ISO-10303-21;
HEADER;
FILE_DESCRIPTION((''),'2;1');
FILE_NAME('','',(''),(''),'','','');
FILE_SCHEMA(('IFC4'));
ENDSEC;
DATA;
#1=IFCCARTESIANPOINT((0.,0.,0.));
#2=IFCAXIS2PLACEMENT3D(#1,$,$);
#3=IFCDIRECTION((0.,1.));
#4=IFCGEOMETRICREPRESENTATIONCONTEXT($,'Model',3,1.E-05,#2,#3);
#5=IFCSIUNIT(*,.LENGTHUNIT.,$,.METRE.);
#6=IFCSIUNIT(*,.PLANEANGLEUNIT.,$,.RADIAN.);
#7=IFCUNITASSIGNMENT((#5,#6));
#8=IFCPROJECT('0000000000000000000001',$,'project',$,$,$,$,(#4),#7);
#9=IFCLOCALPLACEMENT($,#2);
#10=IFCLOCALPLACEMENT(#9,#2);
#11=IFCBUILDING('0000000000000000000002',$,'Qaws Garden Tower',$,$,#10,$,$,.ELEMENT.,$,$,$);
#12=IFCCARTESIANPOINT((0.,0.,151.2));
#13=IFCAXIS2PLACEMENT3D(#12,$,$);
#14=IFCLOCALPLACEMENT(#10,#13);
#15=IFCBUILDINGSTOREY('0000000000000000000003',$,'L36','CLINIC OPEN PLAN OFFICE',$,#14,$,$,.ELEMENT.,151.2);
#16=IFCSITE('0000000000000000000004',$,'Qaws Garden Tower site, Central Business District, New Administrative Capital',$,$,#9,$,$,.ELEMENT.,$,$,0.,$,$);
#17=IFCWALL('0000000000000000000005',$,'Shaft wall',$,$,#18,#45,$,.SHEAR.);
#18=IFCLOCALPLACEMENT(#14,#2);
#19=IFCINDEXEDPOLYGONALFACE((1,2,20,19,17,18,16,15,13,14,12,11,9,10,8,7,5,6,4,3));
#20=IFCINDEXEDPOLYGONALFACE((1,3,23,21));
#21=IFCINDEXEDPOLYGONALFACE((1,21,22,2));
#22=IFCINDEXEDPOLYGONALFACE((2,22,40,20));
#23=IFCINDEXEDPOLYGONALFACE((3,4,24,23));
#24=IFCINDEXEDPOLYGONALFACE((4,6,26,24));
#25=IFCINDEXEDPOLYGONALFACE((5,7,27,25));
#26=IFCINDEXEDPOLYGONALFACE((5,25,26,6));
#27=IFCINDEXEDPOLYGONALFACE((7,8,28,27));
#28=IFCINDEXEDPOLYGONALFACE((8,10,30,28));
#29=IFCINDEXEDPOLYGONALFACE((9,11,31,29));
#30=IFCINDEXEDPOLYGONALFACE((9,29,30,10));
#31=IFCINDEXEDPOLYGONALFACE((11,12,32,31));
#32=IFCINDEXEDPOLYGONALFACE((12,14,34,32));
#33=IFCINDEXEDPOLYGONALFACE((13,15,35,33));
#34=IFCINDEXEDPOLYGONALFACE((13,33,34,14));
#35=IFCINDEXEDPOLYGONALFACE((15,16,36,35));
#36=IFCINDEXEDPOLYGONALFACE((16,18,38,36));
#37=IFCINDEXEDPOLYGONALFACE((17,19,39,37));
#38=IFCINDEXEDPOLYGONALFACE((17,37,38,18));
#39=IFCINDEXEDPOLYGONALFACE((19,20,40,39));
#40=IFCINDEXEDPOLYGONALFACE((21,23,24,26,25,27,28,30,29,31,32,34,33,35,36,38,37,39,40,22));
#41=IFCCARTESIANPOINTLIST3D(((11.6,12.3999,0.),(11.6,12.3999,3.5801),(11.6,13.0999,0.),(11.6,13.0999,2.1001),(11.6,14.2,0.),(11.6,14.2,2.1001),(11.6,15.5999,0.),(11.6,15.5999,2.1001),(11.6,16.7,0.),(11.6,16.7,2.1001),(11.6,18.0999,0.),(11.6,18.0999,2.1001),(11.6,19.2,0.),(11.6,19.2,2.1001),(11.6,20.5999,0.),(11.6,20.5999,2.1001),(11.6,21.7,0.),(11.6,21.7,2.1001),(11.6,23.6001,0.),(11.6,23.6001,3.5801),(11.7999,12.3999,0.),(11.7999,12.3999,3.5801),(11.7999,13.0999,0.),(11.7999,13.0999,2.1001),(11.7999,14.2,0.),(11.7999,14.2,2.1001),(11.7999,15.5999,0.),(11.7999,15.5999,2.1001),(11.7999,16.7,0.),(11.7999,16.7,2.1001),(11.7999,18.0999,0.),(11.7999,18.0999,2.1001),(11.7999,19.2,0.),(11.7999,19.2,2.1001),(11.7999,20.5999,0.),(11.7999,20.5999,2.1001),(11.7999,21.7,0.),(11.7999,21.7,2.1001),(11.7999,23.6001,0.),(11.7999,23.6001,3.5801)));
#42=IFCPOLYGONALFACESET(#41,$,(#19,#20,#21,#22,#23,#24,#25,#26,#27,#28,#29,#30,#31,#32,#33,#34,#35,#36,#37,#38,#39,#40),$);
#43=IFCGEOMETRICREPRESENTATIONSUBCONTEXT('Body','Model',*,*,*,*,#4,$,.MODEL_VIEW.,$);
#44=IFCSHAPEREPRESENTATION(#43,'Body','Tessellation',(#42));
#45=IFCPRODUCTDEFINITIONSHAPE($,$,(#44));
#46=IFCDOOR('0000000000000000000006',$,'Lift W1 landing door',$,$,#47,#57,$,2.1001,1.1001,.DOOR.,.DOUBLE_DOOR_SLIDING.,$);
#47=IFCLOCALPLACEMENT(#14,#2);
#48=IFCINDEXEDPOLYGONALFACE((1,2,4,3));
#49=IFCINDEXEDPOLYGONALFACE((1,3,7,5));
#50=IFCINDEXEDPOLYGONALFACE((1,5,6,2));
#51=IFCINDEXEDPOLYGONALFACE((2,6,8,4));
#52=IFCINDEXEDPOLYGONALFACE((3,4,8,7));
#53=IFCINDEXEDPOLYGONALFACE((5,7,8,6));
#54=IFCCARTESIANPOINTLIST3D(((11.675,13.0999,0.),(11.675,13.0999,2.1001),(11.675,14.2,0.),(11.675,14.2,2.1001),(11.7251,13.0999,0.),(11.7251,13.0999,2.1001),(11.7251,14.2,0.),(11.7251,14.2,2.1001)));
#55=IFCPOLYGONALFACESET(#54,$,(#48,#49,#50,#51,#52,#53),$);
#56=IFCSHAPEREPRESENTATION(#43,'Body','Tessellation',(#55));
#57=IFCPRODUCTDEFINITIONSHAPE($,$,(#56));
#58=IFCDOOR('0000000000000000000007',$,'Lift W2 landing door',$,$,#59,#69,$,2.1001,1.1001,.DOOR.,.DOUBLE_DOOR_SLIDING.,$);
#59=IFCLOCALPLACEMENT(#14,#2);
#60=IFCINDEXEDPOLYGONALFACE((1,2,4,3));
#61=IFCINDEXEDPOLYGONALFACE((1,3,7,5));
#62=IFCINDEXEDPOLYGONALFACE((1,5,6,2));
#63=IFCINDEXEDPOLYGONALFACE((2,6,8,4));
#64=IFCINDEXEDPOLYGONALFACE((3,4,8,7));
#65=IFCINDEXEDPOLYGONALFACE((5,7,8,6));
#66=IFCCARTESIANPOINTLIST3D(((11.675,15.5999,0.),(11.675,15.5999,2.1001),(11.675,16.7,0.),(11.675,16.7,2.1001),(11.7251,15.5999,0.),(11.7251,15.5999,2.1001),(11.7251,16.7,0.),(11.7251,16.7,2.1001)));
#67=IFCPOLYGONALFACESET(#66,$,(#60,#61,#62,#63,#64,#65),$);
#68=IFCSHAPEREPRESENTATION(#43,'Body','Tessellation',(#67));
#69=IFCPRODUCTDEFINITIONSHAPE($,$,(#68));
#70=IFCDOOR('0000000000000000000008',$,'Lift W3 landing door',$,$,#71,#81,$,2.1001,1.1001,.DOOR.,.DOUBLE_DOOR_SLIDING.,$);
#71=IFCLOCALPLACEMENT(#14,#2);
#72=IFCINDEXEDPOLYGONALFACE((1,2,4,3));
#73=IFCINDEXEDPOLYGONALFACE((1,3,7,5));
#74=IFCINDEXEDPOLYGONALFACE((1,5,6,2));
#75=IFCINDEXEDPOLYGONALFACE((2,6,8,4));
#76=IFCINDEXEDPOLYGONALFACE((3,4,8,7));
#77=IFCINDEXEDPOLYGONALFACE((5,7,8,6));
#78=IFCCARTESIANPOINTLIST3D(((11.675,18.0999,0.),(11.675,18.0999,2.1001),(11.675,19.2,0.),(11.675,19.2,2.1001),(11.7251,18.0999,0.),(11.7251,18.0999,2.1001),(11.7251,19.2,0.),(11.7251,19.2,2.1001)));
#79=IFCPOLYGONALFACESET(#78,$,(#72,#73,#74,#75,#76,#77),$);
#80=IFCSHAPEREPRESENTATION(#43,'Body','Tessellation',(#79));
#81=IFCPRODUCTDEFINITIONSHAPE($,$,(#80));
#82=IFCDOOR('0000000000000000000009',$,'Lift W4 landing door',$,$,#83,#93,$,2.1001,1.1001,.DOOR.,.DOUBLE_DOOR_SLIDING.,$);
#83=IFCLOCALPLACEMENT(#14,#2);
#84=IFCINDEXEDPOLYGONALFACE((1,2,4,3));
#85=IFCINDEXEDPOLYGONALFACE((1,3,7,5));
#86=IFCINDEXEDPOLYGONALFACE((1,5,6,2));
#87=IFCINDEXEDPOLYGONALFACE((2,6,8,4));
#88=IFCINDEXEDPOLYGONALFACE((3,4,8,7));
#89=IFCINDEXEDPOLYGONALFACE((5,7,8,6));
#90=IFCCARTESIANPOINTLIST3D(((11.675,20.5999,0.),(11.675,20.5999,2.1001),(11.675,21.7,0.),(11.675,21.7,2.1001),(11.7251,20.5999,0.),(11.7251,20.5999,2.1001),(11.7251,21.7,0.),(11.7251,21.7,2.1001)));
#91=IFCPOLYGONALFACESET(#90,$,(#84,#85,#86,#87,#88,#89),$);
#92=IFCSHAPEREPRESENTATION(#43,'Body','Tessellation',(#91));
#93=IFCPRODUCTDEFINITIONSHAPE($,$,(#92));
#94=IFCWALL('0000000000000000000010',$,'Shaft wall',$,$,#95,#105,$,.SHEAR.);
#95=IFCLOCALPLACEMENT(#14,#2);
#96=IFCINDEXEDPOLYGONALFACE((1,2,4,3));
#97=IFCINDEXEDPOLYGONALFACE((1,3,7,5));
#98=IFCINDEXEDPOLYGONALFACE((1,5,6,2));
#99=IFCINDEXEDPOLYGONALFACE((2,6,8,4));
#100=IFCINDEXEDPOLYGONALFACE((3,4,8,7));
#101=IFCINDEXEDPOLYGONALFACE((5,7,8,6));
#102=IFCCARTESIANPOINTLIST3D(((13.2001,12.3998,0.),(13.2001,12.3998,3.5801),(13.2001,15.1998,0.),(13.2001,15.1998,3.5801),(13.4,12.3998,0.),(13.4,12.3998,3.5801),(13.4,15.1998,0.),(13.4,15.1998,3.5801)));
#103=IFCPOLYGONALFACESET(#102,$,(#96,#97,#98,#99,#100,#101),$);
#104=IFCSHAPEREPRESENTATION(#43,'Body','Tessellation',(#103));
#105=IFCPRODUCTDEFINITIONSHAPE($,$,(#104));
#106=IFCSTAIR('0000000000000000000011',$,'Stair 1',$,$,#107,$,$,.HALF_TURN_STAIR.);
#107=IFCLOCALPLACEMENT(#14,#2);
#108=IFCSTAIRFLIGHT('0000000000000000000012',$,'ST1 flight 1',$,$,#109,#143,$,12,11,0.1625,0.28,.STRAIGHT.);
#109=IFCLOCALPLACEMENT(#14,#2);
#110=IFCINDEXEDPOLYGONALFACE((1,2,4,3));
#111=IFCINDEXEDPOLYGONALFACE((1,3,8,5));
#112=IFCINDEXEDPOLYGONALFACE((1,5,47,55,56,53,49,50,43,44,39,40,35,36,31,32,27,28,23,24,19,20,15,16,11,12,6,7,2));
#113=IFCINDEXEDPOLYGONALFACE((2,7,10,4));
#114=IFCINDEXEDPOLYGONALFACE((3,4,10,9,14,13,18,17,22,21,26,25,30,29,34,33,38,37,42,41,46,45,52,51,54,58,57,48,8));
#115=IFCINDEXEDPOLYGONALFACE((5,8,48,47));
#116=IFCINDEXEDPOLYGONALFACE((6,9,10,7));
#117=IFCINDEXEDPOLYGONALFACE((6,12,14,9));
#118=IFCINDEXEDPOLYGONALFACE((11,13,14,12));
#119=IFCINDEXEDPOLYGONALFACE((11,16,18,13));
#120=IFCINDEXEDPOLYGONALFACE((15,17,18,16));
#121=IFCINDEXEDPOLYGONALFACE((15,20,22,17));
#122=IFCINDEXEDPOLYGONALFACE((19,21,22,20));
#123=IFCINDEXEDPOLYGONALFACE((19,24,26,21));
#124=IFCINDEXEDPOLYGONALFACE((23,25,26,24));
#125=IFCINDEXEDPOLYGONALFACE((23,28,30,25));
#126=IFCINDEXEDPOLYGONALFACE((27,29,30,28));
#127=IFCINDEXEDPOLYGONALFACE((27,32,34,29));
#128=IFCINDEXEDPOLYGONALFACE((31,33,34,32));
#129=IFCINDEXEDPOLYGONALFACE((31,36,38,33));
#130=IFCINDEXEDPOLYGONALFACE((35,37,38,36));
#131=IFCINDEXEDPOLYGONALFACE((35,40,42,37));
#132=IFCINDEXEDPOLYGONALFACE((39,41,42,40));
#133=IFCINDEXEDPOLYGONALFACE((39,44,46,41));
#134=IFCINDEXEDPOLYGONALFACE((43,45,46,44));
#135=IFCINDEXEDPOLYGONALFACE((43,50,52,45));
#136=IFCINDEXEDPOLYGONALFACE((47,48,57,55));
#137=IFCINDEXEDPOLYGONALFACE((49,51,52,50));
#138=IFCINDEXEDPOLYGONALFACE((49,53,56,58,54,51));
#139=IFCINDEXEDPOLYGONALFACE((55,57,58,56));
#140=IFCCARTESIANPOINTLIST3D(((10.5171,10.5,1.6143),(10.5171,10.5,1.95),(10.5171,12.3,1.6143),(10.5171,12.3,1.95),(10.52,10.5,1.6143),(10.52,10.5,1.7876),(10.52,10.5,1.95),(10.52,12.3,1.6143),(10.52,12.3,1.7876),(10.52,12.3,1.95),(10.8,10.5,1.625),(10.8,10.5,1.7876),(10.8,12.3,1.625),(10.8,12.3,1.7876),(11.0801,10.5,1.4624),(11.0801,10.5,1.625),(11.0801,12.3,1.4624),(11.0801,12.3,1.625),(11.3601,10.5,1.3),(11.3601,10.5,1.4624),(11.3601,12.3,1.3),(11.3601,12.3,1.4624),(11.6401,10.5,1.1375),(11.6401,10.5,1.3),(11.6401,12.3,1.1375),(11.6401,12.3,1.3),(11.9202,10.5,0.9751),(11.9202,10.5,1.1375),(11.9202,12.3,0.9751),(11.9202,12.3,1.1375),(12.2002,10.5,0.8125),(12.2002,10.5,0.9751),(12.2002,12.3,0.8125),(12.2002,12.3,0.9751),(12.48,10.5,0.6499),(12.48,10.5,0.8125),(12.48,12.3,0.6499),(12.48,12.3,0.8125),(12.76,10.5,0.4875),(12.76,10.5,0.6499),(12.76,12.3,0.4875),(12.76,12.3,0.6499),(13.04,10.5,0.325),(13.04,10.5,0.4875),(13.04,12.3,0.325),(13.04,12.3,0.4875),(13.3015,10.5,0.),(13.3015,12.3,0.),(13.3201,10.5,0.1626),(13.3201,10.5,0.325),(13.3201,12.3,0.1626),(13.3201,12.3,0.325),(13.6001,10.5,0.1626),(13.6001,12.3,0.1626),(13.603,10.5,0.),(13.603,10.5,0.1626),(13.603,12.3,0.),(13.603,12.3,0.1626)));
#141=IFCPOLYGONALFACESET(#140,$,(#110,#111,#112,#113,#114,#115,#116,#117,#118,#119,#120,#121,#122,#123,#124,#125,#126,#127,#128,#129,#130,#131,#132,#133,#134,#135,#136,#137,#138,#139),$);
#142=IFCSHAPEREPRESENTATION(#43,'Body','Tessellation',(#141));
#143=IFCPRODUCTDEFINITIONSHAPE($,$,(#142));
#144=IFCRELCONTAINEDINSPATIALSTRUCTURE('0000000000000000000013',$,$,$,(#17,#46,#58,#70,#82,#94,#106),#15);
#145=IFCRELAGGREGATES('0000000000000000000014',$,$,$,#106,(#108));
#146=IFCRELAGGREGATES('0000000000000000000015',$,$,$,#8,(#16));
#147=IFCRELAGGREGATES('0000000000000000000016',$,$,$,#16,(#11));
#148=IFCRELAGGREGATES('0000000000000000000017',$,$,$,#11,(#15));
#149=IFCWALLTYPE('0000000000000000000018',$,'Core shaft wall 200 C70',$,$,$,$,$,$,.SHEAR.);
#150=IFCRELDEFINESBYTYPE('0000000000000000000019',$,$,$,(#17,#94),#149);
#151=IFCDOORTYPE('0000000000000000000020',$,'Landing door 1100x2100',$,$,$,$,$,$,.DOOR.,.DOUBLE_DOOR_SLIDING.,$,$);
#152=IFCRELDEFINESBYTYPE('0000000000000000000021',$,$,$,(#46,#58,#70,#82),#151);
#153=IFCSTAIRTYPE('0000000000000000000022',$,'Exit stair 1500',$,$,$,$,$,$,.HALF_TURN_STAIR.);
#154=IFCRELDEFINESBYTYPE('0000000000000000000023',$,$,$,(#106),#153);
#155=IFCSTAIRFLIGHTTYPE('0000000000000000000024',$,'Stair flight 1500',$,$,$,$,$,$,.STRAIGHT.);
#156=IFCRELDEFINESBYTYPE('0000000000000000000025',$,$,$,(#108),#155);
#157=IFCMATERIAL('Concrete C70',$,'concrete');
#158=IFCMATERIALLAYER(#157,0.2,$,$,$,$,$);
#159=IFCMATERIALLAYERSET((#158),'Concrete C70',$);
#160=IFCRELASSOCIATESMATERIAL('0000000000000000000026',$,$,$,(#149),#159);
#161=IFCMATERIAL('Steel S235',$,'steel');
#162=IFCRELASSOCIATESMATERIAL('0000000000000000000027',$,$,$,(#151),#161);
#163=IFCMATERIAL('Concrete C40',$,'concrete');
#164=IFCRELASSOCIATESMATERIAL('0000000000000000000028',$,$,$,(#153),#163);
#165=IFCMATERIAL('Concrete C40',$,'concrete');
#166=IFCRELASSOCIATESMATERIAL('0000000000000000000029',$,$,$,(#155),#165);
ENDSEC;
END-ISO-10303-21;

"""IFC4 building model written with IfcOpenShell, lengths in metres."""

from ifc_helpers import new_model, si_unit, direction, frame, frame_2d, origin, place, context, subcontext, project, spatial, polyline, rectangle, outline, extrude, material, layer, layer_set, type_object, element, fill, aggregate, save


model = new_model("IFC4")

# Units and contexts
model_context = context("Model", 3, precision=1e-05, world=origin(), true_north=direction((0.0, 1.0)))
body_context = subcontext(model_context, "Body", "Model", "MODEL_VIEW")
ifc_project = project(units=[si_unit("LENGTHUNIT", "METRE"), si_unit("PLANEANGLEUNIT", "RADIAN")], contexts=[model_context])

# Site, building, storey
site_placement = place(None, origin())
site = spatial("IfcSite", under=ifc_project, at=site_placement, Name="Qaws Garden Tower site, Central Business District, New Administrative Capital", CompositionType="ELEMENT", RefElevation=0.0)
building_placement = place(site_placement, origin())
building = spatial("IfcBuilding", under=site, at=building_placement, Name="Qaws Garden Tower", CompositionType="ELEMENT")
storey_placement = place(building_placement, frame((0.0, 0.0, 151.2)))
storey = spatial("IfcBuildingStorey", under=building, at=storey_placement, Name="L36", Description="CLINIC OPEN PLAN OFFICE", CompositionType="ELEMENT", Elevation=151.2)

# Shared definitions
ifc_material_1 = material(Name="Concrete C70", Category="concrete")
ifc_layer_1 = layer(ifc_material_1, 0.2)
ifc_layer_set_1 = layer_set([ifc_layer_1], Name="Concrete C70")
wall_type_1 = type_object("IfcWallType", Name="Core shaft wall 200 C70", PredefinedType="SHEAR", material=ifc_layer_set_1)

# Shared definitions
ifc_material_2 = material(Name="Steel S235", Category="steel")
door_type_1 = type_object("IfcDoorType", Name="Landing door 1100x2100", OperationType="DOUBLE_DOOR_SLIDING", PredefinedType="DOOR", material=ifc_material_2)

# Wall, openings, doors
wall_1_placement = place(storey_placement, frame((11.7, 12.3999, 0.0), z_axis=(0.0, 0.0, 1.0), x_axis=(0.0, 1.0, 0.0)))
wall_1 = element("IfcWall", 1, at=wall_1_placement, inside=storey, type_object=wall_type_1, Name="Shaft wall", PredefinedType="SHEAR", context=body_context, shape_type="SweptSolid", body=[
    extrude(rectangle(XDim=11.2002, YDim=0.2, at=frame_2d((5.6001, 0.0))), origin(), (0.0, 0.0, 1.0), 3.5801),
])
opening_1_placement = place(wall_1_placement, frame((0.7, 0.0, 0.0)))
opening_1 = element("IfcOpeningElement", 2, at=opening_1_placement, cuts=wall_1, PredefinedType="OPENING", context=body_context, shape_type="SweptSolid", body=[
    extrude(rectangle(XDim=1.1001, YDim=2.1001, at=frame_2d((0.55, 1.05))), frame((0.0, 0.1099, 0.0), z_axis=(0.0, -1.0, 0.0), x_axis=(1.0, 0.0, 0.0)), (0.0, 0.0, 1.0), 0.22),
])
opening_2_placement = place(wall_1_placement, frame((3.2, 0.0, 0.0)))
opening_2 = element("IfcOpeningElement", 3, at=opening_2_placement, cuts=wall_1, PredefinedType="OPENING", context=body_context, shape_type="SweptSolid", body=[
    extrude(rectangle(XDim=1.1001, YDim=2.1001, at=frame_2d((0.55, 1.05))), frame((0.0, 0.1099, 0.0), z_axis=(0.0, -1.0, 0.0), x_axis=(1.0, 0.0, 0.0)), (0.0, 0.0, 1.0), 0.22),
])
opening_3_placement = place(wall_1_placement, frame((5.7, 0.0, 0.0)))
opening_3 = element("IfcOpeningElement", 4, at=opening_3_placement, cuts=wall_1, PredefinedType="OPENING", context=body_context, shape_type="SweptSolid", body=[
    extrude(rectangle(XDim=1.1001, YDim=2.1001, at=frame_2d((0.55, 1.05))), frame((0.0, 0.1099, 0.0), z_axis=(0.0, -1.0, 0.0), x_axis=(1.0, 0.0, 0.0)), (0.0, 0.0, 1.0), 0.22),
])
opening_4_placement = place(wall_1_placement, frame((8.2, 0.0, 0.0)))
opening_4 = element("IfcOpeningElement", 5, at=opening_4_placement, cuts=wall_1, PredefinedType="OPENING", context=body_context, shape_type="SweptSolid", body=[
    extrude(rectangle(XDim=1.1001, YDim=2.1001, at=frame_2d((0.55, 1.05))), frame((0.0, 0.1099, 0.0), z_axis=(0.0, -1.0, 0.0), x_axis=(1.0, 0.0, 0.0)), (0.0, 0.0, 1.0), 0.22),
])
door_1_placement = place(opening_1_placement, origin())
door_1 = element("IfcDoor", 6, at=door_1_placement, inside=storey, type_object=door_type_1, Name="Lift W1 landing door", OperationType="DOUBLE_DOOR_SLIDING", OverallHeight=2.1001, OverallWidth=1.1001, PredefinedType="DOOR", context=body_context, shape_type="SweptSolid", body=[
    extrude(rectangle(XDim=1.1001, YDim=2.1001, at=frame_2d((0.55, 1.05))), frame((0.0, 0.0249, 0.0), z_axis=(0.0, -1.0, 0.0), x_axis=(1.0, 0.0, 0.0)), (0.0, 0.0, 1.0), 0.05),
])
fill(opening_1, door_1)
door_2_placement = place(opening_2_placement, origin())
door_2 = element("IfcDoor", 7, at=door_2_placement, inside=storey, type_object=door_type_1, Name="Lift W2 landing door", OperationType="DOUBLE_DOOR_SLIDING", OverallHeight=2.1001, OverallWidth=1.1001, PredefinedType="DOOR", context=body_context, shape_type="SweptSolid", body=[
    extrude(rectangle(XDim=1.1001, YDim=2.1001, at=frame_2d((0.55, 1.05))), frame((0.0, 0.0249, 0.0), z_axis=(0.0, -1.0, 0.0), x_axis=(1.0, 0.0, 0.0)), (0.0, 0.0, 1.0), 0.05),
])
fill(opening_2, door_2)
door_3_placement = place(opening_3_placement, origin())
door_3 = element("IfcDoor", 8, at=door_3_placement, inside=storey, type_object=door_type_1, Name="Lift W3 landing door", OperationType="DOUBLE_DOOR_SLIDING", OverallHeight=2.1001, OverallWidth=1.1001, PredefinedType="DOOR", context=body_context, shape_type="SweptSolid", body=[
    extrude(rectangle(XDim=1.1001, YDim=2.1001, at=frame_2d((0.55, 1.05))), frame((0.0, 0.0249, 0.0), z_axis=(0.0, -1.0, 0.0), x_axis=(1.0, 0.0, 0.0)), (0.0, 0.0, 1.0), 0.05),
])
fill(opening_3, door_3)
door_4_placement = place(opening_4_placement, origin())
door_4 = element("IfcDoor", 9, at=door_4_placement, inside=storey, type_object=door_type_1, Name="Lift W4 landing door", OperationType="DOUBLE_DOOR_SLIDING", OverallHeight=2.1001, OverallWidth=1.1001, PredefinedType="DOOR", context=body_context, shape_type="SweptSolid", body=[
    extrude(rectangle(XDim=1.1001, YDim=2.1001, at=frame_2d((0.55, 1.05))), frame((0.0, 0.0249, 0.0), z_axis=(0.0, -1.0, 0.0), x_axis=(1.0, 0.0, 0.0)), (0.0, 0.0, 1.0), 0.05),
])
fill(opening_4, door_4)

# Wall
wall_2_placement = place(storey_placement, frame((13.3, 12.3999, 0.0), z_axis=(0.0, 0.0, 1.0), x_axis=(0.0, 1.0, 0.0)))
element("IfcWall", 10, at=wall_2_placement, inside=storey, type_object=wall_type_1, Name="Shaft wall", PredefinedType="SHEAR", context=body_context, shape_type="SweptSolid", body=[
    extrude(rectangle(XDim=2.8, YDim=0.2, at=frame_2d((1.3999, 0.0))), origin(), (0.0, 0.0, 1.0), 3.5801),
])

# Stair, stair flight
ifc_material_3 = material(Name="Concrete C40", Category="concrete")
stair_type = type_object("IfcStairType", Name="Exit stair 1500", PredefinedType="HALF_TURN_STAIR", material=ifc_material_3)
stair_placement = place(storey_placement, origin())
stair = element("IfcStair", 11, at=stair_placement, inside=storey, type_object=stair_type, Name="Stair 1", PredefinedType="HALF_TURN_STAIR")
ifc_material_4 = material(Name="Concrete C40", Category="concrete")
stair_flight_type = type_object("IfcStairFlightType", Name="Stair flight 1500", PredefinedType="STRAIGHT", material=ifc_material_4)
stair_flight_1_placement = place(storey_placement, frame((13.6001, 11.3999, 0.0), z_axis=(0.0, 0.0, 1.0), x_axis=(-1.0, 0.0, 0.0)))
stair_flight_1 = element("IfcStairFlight", 12, at=stair_flight_1_placement, type_object=stair_flight_type, Name="ST1 flight 1", NumberOfRisers=12, NumberOfTreads=11, PredefinedType="STRAIGHT", RiserHeight=0.1625, TreadLength=0.28, context=body_context, shape_type="SweptSolid", body=[
    extrude(outline(polyline([(-0.0029, 0.0), (-0.0029, 0.1626), (0.0, 0.1626), (0.28, 0.1626), (0.28, 0.325), (0.5601, 0.325), (0.5601, 0.4875), (0.8401, 0.4875), (0.8401, 0.6499), (1.1201, 0.6499), (1.1201, 0.8125), (1.3999, 0.8125), (1.3999, 0.9751), (1.6799, 0.9751), (1.6799, 1.1375), (1.96, 1.1375), (1.96, 1.3), (2.24, 1.3), (2.24, 1.4624), (2.52, 1.4624), (2.52, 1.625), (2.8, 1.625), (2.8, 1.7876), (3.0801, 1.7876), (3.0801, 1.95), (3.083, 1.95), (3.083, 1.6143), (3.0801, 1.6143), (0.2986, 0.0), (-0.0029, 0.0)])), frame((0.0, 0.8999, 0.0), z_axis=(0.0, -1.0, 0.0), x_axis=(1.0, 0.0, 0.0)), (0.0, 0.0, 1.0), 1.8),
])
aggregate(stair, [stair_flight_1])

save(model, "model.ifc")
